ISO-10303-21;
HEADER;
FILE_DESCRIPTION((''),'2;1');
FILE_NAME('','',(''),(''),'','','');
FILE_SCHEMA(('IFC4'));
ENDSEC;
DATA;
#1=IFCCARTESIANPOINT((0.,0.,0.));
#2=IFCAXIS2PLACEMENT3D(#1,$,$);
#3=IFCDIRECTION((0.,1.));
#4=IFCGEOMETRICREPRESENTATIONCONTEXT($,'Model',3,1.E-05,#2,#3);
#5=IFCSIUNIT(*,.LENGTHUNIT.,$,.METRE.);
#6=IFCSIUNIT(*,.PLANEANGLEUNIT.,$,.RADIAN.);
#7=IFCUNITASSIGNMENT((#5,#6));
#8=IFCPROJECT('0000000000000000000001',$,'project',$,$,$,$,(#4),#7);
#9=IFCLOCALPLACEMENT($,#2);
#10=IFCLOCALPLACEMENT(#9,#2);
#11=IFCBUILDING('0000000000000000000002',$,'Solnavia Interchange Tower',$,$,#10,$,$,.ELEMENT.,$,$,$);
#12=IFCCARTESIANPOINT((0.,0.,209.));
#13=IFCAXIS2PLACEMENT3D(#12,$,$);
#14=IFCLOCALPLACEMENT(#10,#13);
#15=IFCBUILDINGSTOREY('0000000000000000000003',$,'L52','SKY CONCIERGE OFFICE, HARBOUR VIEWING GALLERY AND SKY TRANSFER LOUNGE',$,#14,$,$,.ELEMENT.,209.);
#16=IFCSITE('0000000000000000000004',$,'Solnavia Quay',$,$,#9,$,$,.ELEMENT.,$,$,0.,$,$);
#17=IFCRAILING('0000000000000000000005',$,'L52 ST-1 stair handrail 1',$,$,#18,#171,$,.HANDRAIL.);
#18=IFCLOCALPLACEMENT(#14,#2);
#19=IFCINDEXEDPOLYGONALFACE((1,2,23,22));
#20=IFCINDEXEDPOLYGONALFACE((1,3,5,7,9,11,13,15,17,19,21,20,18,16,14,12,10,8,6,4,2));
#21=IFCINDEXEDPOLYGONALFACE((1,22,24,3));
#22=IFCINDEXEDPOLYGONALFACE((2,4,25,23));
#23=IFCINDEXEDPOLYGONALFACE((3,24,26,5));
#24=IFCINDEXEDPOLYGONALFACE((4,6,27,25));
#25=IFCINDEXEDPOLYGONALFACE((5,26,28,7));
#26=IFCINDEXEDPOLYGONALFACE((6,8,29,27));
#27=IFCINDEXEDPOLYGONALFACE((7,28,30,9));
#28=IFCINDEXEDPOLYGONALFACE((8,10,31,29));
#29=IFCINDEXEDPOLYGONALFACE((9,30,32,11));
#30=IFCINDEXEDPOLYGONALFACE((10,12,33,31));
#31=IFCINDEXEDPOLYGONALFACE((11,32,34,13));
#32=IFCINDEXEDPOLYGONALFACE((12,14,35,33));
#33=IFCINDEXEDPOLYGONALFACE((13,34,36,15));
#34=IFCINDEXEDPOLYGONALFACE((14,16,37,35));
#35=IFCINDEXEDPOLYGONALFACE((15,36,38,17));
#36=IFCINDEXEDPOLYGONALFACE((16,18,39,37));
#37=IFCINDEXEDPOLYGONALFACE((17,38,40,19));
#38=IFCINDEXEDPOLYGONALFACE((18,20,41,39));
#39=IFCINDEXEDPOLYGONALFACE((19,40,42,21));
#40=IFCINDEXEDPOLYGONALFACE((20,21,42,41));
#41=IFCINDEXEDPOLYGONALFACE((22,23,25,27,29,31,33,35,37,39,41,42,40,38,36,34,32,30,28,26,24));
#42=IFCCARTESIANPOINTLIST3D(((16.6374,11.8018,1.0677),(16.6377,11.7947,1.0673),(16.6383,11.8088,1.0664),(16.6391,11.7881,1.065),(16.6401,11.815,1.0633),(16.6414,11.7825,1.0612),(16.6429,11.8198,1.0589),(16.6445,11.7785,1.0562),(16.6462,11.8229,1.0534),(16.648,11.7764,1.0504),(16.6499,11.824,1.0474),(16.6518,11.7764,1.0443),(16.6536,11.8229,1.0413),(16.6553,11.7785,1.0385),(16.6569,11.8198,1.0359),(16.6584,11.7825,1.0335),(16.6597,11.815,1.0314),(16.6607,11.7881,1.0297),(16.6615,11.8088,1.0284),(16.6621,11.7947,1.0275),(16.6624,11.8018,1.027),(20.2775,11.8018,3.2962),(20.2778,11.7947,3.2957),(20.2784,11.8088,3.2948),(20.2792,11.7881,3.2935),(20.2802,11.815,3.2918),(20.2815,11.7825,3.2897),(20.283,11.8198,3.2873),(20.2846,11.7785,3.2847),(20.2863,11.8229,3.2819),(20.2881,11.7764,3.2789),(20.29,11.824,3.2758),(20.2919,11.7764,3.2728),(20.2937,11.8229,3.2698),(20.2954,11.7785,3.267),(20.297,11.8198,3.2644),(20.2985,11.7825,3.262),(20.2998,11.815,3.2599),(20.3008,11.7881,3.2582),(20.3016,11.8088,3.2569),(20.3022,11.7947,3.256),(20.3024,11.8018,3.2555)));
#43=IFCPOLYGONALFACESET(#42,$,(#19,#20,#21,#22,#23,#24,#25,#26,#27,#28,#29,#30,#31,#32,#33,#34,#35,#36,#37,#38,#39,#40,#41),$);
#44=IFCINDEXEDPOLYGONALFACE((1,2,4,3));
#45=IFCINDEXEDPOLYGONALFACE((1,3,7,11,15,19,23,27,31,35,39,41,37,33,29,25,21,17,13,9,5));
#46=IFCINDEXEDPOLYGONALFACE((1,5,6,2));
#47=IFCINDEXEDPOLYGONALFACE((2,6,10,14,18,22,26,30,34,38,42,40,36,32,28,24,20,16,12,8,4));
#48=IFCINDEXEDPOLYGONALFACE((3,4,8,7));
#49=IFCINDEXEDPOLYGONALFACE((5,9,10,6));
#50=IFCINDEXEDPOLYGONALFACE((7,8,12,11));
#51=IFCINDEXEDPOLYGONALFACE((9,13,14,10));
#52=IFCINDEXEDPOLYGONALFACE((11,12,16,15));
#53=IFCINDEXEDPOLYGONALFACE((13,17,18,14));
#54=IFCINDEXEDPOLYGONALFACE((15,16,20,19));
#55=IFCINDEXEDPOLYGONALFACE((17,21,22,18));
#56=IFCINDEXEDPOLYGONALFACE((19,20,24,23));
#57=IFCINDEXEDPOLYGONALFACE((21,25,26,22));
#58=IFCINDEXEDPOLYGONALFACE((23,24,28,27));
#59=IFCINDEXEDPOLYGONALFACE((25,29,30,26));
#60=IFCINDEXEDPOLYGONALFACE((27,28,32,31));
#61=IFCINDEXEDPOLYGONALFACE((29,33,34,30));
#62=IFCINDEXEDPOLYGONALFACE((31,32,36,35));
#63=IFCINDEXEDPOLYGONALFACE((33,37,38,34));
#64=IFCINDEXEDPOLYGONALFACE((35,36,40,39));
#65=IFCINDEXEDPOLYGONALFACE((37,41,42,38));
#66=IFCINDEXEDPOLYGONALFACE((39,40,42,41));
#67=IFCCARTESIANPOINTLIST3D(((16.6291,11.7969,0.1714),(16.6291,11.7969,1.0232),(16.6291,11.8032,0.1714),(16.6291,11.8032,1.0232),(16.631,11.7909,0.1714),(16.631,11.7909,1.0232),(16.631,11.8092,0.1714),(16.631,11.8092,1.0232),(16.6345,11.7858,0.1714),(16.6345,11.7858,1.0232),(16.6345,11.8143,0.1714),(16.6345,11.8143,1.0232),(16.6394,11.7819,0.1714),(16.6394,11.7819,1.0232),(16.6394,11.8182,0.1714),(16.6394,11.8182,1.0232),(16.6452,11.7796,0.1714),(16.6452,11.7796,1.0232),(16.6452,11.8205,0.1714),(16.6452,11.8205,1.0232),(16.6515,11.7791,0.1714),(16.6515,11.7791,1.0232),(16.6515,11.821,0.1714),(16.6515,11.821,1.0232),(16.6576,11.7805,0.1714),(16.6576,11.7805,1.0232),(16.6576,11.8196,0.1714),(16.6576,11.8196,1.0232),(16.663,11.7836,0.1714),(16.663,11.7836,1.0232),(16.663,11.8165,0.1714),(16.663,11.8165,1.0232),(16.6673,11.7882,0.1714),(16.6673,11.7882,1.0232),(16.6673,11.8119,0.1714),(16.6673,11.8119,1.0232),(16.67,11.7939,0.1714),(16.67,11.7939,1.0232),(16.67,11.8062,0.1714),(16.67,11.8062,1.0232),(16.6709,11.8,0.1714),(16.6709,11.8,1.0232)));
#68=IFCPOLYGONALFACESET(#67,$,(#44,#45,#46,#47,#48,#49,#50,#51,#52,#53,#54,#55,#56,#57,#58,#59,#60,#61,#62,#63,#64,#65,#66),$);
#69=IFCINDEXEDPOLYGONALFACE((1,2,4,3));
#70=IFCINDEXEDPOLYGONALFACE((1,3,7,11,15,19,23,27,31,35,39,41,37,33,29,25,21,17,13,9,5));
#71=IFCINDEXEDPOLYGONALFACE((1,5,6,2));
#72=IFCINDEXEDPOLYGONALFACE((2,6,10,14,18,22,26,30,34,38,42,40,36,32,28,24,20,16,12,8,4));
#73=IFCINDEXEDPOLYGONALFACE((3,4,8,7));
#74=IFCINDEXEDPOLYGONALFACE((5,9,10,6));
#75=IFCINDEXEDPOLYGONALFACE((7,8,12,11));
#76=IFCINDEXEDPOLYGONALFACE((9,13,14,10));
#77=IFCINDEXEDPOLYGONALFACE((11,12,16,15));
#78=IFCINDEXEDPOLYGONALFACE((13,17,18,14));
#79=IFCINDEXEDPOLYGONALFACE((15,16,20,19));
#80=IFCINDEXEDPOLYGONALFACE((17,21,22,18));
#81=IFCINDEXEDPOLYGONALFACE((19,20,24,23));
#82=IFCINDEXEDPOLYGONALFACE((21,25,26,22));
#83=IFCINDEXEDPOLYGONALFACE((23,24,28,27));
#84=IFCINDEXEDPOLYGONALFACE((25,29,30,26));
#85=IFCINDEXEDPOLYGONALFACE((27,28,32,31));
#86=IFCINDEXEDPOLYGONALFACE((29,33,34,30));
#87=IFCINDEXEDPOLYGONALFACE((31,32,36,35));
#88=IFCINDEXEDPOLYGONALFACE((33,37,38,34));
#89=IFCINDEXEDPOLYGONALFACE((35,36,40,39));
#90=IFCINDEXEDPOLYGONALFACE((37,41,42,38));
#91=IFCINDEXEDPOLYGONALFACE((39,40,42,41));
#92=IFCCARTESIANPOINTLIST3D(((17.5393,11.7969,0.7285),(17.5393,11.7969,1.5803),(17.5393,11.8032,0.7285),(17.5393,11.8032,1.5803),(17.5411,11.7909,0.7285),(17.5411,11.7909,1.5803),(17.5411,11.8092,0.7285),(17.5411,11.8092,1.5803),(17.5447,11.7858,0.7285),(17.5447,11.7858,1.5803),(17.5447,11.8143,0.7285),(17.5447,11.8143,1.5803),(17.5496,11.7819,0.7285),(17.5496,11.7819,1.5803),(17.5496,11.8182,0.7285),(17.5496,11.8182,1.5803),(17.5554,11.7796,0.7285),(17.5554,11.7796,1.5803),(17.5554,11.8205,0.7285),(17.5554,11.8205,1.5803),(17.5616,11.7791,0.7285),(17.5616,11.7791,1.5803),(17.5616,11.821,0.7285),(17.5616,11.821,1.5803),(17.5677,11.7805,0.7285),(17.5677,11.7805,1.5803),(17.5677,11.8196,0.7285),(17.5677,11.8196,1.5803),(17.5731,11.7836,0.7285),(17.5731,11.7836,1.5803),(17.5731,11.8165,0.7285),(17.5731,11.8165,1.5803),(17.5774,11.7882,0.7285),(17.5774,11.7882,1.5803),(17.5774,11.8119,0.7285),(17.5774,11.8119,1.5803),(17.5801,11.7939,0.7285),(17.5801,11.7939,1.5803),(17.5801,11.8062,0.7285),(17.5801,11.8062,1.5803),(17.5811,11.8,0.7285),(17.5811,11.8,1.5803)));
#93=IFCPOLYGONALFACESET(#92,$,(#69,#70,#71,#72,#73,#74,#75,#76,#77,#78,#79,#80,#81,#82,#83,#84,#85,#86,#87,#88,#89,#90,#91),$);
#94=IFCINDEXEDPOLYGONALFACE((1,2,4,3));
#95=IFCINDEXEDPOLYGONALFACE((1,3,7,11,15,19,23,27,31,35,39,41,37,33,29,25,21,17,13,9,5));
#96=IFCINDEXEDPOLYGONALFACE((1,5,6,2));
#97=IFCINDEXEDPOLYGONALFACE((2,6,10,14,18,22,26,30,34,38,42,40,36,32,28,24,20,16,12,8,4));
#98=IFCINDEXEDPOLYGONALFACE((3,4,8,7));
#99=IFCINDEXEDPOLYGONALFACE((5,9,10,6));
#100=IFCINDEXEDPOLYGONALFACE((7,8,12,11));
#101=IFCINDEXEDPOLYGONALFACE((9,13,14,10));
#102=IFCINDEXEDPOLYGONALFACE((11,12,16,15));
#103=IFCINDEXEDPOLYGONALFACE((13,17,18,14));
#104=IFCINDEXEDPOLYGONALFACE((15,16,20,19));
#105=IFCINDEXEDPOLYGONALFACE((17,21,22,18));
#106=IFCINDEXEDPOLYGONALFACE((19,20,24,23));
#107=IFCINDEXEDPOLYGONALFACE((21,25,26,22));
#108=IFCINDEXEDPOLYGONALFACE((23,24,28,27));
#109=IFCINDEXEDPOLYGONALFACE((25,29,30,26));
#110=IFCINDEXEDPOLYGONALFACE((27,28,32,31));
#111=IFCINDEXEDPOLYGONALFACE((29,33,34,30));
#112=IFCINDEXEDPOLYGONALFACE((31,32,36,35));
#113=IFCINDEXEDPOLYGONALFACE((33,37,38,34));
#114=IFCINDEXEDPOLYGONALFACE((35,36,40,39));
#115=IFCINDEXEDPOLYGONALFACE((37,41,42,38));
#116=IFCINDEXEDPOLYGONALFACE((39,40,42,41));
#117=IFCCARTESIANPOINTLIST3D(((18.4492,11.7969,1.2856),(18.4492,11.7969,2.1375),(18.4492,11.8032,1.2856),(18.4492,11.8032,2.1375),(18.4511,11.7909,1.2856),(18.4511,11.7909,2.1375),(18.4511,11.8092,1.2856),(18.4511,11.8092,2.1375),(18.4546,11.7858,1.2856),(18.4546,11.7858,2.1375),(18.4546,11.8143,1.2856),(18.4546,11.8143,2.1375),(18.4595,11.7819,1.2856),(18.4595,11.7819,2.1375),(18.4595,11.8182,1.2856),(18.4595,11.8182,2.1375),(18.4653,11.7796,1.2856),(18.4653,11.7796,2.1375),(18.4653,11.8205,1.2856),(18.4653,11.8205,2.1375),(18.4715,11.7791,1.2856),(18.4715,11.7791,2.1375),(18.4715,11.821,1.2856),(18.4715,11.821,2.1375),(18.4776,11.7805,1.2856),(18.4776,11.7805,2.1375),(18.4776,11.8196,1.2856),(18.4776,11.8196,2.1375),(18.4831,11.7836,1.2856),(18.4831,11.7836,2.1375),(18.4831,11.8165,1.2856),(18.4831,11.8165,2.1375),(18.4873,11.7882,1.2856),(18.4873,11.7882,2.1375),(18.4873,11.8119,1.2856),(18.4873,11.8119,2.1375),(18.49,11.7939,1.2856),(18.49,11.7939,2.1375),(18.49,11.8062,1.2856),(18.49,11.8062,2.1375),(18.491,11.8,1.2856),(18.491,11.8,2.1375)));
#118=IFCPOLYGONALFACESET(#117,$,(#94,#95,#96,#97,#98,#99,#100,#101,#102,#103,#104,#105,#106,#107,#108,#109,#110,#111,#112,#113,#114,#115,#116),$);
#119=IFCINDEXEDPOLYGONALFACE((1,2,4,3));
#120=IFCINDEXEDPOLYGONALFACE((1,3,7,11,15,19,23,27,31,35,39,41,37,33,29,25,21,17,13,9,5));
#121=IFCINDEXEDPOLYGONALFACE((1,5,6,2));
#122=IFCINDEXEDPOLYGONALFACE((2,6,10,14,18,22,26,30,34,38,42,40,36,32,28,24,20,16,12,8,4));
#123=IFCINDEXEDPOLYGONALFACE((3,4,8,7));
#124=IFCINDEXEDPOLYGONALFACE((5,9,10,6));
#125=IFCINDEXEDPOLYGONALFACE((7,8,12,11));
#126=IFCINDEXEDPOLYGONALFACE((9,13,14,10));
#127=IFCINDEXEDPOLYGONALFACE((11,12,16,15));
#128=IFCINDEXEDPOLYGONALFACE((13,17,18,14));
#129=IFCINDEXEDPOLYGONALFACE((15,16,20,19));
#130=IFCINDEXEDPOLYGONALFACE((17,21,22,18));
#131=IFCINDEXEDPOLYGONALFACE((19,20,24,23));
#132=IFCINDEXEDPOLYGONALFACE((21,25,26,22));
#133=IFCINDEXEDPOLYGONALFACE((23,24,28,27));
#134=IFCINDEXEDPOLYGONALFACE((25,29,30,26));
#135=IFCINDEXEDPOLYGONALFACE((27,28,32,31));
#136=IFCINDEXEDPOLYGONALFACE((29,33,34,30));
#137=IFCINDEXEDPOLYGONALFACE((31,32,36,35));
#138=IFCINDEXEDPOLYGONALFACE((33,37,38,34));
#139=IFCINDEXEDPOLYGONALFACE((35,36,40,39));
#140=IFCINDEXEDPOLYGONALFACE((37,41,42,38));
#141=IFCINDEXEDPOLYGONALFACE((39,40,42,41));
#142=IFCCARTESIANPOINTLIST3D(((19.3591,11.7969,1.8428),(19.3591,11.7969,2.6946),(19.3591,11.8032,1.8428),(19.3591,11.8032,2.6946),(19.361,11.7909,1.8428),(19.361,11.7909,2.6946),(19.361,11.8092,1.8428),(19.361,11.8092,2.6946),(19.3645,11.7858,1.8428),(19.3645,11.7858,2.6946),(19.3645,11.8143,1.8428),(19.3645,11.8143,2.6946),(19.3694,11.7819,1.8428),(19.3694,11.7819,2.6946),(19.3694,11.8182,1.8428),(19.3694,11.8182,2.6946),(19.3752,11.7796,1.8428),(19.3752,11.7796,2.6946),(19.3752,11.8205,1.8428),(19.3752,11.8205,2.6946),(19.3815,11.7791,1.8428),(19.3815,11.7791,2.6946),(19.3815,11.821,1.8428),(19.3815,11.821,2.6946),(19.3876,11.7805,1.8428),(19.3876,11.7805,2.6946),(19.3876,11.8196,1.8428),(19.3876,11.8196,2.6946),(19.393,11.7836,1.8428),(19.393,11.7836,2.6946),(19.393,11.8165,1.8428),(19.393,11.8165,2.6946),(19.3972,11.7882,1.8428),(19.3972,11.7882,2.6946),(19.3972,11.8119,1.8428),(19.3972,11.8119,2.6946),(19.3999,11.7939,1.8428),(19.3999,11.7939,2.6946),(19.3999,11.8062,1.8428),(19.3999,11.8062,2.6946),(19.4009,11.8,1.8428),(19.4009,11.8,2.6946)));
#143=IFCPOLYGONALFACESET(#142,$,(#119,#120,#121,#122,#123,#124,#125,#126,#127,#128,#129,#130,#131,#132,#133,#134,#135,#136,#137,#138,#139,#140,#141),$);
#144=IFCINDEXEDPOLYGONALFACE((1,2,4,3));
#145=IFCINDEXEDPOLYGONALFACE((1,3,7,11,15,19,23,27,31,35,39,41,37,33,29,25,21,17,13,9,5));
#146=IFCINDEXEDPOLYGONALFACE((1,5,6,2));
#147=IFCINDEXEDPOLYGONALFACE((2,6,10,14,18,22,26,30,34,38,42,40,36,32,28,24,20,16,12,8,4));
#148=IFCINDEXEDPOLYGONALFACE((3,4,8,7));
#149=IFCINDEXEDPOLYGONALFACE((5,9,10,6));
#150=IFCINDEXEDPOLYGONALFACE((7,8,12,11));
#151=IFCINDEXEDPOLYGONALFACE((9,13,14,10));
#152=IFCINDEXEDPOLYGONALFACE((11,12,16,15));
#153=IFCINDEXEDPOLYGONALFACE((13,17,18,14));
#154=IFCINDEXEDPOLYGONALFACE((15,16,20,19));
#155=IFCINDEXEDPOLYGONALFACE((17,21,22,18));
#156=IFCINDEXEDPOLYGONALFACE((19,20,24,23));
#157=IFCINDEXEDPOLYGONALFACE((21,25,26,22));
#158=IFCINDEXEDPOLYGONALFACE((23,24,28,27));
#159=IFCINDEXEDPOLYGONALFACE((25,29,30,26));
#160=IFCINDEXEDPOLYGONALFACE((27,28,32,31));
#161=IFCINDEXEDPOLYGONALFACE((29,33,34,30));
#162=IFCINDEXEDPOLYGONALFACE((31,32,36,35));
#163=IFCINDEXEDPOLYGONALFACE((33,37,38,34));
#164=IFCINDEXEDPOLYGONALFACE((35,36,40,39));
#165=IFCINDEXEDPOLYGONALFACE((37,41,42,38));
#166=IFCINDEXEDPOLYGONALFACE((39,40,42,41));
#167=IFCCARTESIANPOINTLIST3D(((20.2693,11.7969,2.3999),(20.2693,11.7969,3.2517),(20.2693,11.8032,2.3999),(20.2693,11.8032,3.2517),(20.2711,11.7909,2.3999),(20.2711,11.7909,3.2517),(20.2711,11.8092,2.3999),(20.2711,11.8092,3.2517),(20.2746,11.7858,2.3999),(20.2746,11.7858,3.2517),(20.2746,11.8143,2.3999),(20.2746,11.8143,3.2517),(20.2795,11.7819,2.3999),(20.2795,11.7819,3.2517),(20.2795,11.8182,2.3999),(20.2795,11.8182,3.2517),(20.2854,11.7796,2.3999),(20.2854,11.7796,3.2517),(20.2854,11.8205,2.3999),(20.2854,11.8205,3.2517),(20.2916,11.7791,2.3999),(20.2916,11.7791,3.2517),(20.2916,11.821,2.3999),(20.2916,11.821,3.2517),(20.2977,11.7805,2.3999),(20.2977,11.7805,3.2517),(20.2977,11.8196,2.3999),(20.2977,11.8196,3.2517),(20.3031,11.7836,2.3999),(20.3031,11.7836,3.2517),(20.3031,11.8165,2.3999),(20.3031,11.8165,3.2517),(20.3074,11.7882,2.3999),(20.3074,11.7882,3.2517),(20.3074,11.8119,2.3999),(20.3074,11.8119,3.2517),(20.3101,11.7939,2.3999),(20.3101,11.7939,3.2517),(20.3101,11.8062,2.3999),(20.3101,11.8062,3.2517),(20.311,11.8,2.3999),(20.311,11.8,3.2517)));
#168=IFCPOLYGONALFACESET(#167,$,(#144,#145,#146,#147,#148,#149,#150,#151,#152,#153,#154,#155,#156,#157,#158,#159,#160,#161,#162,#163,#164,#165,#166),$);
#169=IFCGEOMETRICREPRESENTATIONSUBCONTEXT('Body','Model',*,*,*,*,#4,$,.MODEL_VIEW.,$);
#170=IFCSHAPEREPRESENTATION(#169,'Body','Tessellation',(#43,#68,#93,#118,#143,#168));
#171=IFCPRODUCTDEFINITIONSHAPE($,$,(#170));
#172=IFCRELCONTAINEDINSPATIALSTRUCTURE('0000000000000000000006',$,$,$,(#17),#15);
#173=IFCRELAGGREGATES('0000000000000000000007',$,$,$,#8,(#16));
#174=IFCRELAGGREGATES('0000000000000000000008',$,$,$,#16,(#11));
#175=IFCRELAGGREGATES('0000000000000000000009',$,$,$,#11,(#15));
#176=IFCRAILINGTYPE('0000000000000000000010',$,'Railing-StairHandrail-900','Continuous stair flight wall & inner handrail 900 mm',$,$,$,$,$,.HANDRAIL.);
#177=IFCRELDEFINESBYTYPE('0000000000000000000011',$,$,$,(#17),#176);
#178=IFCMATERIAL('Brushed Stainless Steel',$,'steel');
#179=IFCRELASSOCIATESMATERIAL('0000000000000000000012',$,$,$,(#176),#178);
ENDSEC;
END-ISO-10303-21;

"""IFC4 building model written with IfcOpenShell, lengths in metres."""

from ifc_helpers import new_model, si_unit, direction, frame, origin, origin_2d, place, context, subcontext, project, spatial, circle, extrude, material, type_object, element, save


model = new_model("IFC4")

# Units and contexts
model_context = context("Model", 3, precision=1e-05, world=origin(), true_north=direction((0.0, 1.0)))
body_context = subcontext(model_context, "Body", "Model", "MODEL_VIEW")
ifc_project = project(units=[si_unit("LENGTHUNIT", "METRE"), si_unit("PLANEANGLEUNIT", "RADIAN")], contexts=[model_context])

# Site, building, storey
site_placement = place(None, origin())
site = spatial("IfcSite", under=ifc_project, at=site_placement, Name="Solnavia Quay", CompositionType="ELEMENT", RefElevation=0.0)
building_placement = place(site_placement, origin())
building = spatial("IfcBuilding", under=site, at=building_placement, Name="Solnavia Interchange Tower", CompositionType="ELEMENT")
storey_placement = place(building_placement, frame((0.0, 0.0, 209.0)))
storey = spatial("IfcBuildingStorey", under=building, at=storey_placement, Name="L52", Description="SKY CONCIERGE OFFICE, HARBOUR VIEWING GALLERY AND SKY TRANSFER LOUNGE", CompositionType="ELEMENT", Elevation=209.0)

# Railing
ifc_material_1 = material(Name="Brushed Stainless Steel", Category="steel")
railing_type_1 = type_object("IfcRailingType", Name="Railing-StairHandrail-900", Description="Continuous stair flight wall & inner handrail 900 mm", PredefinedType="HANDRAIL", material=ifc_material_1)
railing_1_placement = place(storey_placement, frame((16.6499, 11.8, 0.1714)))
element("IfcRailing", 1, at=railing_1_placement, inside=storey, type_object=railing_type_1, Name="L52 ST-1 stair handrail 1", PredefinedType="HANDRAIL", context=body_context, shape_type="SweptSolid", body=[
    extrude(circle(Radius=0.0239, at=origin_2d()), frame((0.0, 0.0, 0.876), z_axis=(0.852866, 0.0, 0.52213), x_axis=(0.0, 1.0, 0.0)), (0.0, 0.0, 1.0), 4.2681),
    extrude(circle(Radius=0.021, at=origin_2d()), origin(), (0.0, 0.0, 1.0), 0.8518),
    extrude(circle(Radius=0.021, at=origin_2d()), frame((0.9102, 0.0, 0.5571)), (0.0, 0.0, 1.0), 0.8518),
    extrude(circle(Radius=0.021, at=origin_2d()), frame((1.8201, 0.0, 1.1143)), (0.0, 0.0, 1.0), 0.8518),
    extrude(circle(Radius=0.021, at=origin_2d()), frame((2.73, 0.0, 1.6714)), (0.0, 0.0, 1.0), 0.8518),
    extrude(circle(Radius=0.021, at=origin_2d()), frame((3.6401, 0.0, 2.2285)), (0.0, 0.0, 1.0), 0.8518),
])

save(model, "model.ifc")
